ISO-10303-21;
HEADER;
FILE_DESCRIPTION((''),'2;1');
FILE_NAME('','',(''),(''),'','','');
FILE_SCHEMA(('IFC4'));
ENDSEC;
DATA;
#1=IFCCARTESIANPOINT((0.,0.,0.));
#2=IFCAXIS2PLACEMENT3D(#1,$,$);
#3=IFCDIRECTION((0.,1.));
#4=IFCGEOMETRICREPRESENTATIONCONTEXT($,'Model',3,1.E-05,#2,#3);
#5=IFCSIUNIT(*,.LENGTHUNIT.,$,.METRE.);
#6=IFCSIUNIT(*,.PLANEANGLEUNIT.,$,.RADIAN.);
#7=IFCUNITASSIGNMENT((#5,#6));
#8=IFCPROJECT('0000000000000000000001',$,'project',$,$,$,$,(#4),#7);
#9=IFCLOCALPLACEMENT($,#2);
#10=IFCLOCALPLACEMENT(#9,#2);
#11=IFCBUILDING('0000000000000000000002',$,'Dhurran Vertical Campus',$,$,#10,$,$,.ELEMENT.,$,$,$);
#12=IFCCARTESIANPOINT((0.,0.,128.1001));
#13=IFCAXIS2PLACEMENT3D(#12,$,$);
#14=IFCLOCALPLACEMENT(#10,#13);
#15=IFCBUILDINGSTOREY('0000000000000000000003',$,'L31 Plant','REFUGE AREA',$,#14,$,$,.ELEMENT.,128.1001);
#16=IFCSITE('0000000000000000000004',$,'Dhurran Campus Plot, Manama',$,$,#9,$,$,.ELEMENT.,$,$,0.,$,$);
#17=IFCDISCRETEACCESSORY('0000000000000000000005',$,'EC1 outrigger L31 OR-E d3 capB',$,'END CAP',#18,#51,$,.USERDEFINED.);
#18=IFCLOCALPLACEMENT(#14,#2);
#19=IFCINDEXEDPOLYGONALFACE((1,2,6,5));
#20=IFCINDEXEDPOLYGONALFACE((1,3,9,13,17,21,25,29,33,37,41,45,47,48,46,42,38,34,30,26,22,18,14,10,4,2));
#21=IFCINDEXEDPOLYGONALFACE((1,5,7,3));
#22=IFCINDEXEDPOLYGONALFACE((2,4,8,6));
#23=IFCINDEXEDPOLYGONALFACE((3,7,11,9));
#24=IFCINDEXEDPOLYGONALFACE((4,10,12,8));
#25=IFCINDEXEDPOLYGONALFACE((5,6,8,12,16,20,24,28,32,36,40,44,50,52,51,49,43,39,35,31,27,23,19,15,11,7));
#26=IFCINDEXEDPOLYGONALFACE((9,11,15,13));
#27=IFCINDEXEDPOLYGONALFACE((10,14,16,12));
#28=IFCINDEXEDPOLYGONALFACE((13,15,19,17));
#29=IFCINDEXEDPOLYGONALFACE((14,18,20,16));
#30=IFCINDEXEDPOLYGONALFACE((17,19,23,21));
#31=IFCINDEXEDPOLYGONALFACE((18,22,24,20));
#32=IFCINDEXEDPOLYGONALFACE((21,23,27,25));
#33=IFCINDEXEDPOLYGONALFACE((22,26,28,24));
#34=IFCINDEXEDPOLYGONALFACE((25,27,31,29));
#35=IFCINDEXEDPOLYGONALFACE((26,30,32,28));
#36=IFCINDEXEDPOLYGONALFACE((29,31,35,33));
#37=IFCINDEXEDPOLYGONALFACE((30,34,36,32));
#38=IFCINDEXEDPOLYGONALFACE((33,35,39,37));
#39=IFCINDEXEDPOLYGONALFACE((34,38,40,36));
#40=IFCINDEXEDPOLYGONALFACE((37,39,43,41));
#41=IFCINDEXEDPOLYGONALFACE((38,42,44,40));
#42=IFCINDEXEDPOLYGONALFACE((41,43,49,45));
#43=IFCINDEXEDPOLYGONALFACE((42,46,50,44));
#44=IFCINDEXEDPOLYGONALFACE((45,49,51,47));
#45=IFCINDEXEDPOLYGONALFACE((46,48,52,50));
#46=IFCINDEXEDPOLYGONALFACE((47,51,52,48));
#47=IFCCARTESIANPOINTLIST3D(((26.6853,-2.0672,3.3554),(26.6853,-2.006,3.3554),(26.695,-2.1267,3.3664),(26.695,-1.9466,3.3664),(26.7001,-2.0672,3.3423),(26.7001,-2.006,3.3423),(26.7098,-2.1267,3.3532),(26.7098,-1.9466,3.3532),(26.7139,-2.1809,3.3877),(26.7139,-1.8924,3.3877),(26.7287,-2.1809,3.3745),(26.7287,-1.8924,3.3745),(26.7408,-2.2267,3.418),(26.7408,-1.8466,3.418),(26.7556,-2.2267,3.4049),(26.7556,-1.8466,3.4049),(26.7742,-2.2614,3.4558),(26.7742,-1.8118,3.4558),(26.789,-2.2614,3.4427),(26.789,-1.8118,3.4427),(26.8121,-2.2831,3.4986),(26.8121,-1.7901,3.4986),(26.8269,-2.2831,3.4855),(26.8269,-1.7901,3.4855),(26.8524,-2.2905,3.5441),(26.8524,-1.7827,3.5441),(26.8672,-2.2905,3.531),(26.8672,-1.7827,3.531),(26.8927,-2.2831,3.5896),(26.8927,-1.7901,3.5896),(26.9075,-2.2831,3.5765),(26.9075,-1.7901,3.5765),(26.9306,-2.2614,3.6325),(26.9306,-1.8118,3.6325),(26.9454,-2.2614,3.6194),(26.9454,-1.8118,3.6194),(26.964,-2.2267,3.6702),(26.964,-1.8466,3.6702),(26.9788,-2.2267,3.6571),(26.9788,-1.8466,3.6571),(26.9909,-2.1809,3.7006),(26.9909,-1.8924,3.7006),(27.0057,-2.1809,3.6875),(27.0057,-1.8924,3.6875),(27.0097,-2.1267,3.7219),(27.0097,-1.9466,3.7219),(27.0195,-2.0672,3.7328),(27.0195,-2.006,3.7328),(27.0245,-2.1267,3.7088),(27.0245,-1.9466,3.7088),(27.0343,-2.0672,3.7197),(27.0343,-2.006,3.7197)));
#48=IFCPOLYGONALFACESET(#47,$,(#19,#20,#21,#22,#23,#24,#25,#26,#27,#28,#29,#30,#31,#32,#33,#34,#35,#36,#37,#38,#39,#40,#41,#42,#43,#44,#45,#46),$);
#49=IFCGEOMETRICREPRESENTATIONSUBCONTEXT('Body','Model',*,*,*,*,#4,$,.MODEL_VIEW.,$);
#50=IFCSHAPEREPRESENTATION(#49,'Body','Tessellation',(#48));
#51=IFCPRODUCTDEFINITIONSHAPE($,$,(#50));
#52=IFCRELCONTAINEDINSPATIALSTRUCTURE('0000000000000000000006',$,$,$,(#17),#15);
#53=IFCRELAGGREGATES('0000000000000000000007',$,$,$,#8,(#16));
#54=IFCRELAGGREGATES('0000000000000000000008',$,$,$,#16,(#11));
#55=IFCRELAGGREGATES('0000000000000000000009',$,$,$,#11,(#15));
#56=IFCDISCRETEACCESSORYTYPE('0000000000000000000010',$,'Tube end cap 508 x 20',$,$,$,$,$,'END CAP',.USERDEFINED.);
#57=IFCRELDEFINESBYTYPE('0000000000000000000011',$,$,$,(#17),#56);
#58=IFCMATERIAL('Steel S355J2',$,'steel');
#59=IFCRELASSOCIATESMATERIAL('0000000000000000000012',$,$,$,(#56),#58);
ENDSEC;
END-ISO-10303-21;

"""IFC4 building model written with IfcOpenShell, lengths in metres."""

from ifc_helpers import new_model, si_unit, direction, frame, origin, origin_2d, place, context, subcontext, project, spatial, circle, extrude, material, material_profile, profile_set, type_object, element, save


model = new_model("IFC4")

# Units and contexts
model_context = context("Model", 3, precision=1e-05, world=origin(), true_north=direction((0.0, 1.0)))
body_context = subcontext(model_context, "Body", "Model", "MODEL_VIEW")
ifc_project = project(units=[si_unit("LENGTHUNIT", "METRE"), si_unit("PLANEANGLEUNIT", "RADIAN")], contexts=[model_context])

# Site, building, storey
site_placement = place(None, origin())
site = spatial("IfcSite", under=ifc_project, at=site_placement, Name="Dhurran Campus Plot, Manama", CompositionType="ELEMENT", RefElevation=0.0)
building_placement = place(site_placement, origin())
building = spatial("IfcBuilding", under=site, at=building_placement, Name="Dhurran Vertical Campus", CompositionType="ELEMENT")
storey_placement = place(building_placement, frame((0.0, 0.0, 128.1001)))
storey = spatial("IfcBuildingStorey", under=building, at=storey_placement, Name="L31 Plant", Description="REFUGE AREA", CompositionType="ELEMENT", Elevation=128.1001)

# Discrete accessory
ifc_material_1 = material(Name="Steel S355J2", Category="steel")
ifc_material_profile_1 = material_profile(ifc_material_1, circle(Radius=0.2539, at=origin_2d()), Name="Tube end cap 508 x 20")
ifc_profile_set_1 = profile_set([ifc_material_profile_1], Name="Steel S355J2")
discrete_accessory_type = type_object("IfcDiscreteAccessoryType", Name="Tube end cap 508 x 20", ElementType="END CAP", PredefinedType="USERDEFINED", material=ifc_profile_set_1)
for number, where, z_axis, x_axis, name in (
    (1, (26.8672, -2.0366, 3.531), (-0.748762, 0.0, 0.662839), (0.0, -1.0, 0.0), "EC1 outrigger L31 OR-E d3 capB"),
):
    element("IfcDiscreteAccessory", number, at=place(storey_placement, frame(where, z_axis=z_axis, x_axis=x_axis)), inside=storey, type_object=discrete_accessory_type, Name=name, ObjectType="END CAP", PredefinedType="USERDEFINED", context=body_context, shape_type="SweptSolid", body=[
        extrude(circle(Radius=0.2539, at=origin_2d()), origin(), (0.0, 0.0, 1.0), 0.0198),
    ])

save(model, "model.ifc")
